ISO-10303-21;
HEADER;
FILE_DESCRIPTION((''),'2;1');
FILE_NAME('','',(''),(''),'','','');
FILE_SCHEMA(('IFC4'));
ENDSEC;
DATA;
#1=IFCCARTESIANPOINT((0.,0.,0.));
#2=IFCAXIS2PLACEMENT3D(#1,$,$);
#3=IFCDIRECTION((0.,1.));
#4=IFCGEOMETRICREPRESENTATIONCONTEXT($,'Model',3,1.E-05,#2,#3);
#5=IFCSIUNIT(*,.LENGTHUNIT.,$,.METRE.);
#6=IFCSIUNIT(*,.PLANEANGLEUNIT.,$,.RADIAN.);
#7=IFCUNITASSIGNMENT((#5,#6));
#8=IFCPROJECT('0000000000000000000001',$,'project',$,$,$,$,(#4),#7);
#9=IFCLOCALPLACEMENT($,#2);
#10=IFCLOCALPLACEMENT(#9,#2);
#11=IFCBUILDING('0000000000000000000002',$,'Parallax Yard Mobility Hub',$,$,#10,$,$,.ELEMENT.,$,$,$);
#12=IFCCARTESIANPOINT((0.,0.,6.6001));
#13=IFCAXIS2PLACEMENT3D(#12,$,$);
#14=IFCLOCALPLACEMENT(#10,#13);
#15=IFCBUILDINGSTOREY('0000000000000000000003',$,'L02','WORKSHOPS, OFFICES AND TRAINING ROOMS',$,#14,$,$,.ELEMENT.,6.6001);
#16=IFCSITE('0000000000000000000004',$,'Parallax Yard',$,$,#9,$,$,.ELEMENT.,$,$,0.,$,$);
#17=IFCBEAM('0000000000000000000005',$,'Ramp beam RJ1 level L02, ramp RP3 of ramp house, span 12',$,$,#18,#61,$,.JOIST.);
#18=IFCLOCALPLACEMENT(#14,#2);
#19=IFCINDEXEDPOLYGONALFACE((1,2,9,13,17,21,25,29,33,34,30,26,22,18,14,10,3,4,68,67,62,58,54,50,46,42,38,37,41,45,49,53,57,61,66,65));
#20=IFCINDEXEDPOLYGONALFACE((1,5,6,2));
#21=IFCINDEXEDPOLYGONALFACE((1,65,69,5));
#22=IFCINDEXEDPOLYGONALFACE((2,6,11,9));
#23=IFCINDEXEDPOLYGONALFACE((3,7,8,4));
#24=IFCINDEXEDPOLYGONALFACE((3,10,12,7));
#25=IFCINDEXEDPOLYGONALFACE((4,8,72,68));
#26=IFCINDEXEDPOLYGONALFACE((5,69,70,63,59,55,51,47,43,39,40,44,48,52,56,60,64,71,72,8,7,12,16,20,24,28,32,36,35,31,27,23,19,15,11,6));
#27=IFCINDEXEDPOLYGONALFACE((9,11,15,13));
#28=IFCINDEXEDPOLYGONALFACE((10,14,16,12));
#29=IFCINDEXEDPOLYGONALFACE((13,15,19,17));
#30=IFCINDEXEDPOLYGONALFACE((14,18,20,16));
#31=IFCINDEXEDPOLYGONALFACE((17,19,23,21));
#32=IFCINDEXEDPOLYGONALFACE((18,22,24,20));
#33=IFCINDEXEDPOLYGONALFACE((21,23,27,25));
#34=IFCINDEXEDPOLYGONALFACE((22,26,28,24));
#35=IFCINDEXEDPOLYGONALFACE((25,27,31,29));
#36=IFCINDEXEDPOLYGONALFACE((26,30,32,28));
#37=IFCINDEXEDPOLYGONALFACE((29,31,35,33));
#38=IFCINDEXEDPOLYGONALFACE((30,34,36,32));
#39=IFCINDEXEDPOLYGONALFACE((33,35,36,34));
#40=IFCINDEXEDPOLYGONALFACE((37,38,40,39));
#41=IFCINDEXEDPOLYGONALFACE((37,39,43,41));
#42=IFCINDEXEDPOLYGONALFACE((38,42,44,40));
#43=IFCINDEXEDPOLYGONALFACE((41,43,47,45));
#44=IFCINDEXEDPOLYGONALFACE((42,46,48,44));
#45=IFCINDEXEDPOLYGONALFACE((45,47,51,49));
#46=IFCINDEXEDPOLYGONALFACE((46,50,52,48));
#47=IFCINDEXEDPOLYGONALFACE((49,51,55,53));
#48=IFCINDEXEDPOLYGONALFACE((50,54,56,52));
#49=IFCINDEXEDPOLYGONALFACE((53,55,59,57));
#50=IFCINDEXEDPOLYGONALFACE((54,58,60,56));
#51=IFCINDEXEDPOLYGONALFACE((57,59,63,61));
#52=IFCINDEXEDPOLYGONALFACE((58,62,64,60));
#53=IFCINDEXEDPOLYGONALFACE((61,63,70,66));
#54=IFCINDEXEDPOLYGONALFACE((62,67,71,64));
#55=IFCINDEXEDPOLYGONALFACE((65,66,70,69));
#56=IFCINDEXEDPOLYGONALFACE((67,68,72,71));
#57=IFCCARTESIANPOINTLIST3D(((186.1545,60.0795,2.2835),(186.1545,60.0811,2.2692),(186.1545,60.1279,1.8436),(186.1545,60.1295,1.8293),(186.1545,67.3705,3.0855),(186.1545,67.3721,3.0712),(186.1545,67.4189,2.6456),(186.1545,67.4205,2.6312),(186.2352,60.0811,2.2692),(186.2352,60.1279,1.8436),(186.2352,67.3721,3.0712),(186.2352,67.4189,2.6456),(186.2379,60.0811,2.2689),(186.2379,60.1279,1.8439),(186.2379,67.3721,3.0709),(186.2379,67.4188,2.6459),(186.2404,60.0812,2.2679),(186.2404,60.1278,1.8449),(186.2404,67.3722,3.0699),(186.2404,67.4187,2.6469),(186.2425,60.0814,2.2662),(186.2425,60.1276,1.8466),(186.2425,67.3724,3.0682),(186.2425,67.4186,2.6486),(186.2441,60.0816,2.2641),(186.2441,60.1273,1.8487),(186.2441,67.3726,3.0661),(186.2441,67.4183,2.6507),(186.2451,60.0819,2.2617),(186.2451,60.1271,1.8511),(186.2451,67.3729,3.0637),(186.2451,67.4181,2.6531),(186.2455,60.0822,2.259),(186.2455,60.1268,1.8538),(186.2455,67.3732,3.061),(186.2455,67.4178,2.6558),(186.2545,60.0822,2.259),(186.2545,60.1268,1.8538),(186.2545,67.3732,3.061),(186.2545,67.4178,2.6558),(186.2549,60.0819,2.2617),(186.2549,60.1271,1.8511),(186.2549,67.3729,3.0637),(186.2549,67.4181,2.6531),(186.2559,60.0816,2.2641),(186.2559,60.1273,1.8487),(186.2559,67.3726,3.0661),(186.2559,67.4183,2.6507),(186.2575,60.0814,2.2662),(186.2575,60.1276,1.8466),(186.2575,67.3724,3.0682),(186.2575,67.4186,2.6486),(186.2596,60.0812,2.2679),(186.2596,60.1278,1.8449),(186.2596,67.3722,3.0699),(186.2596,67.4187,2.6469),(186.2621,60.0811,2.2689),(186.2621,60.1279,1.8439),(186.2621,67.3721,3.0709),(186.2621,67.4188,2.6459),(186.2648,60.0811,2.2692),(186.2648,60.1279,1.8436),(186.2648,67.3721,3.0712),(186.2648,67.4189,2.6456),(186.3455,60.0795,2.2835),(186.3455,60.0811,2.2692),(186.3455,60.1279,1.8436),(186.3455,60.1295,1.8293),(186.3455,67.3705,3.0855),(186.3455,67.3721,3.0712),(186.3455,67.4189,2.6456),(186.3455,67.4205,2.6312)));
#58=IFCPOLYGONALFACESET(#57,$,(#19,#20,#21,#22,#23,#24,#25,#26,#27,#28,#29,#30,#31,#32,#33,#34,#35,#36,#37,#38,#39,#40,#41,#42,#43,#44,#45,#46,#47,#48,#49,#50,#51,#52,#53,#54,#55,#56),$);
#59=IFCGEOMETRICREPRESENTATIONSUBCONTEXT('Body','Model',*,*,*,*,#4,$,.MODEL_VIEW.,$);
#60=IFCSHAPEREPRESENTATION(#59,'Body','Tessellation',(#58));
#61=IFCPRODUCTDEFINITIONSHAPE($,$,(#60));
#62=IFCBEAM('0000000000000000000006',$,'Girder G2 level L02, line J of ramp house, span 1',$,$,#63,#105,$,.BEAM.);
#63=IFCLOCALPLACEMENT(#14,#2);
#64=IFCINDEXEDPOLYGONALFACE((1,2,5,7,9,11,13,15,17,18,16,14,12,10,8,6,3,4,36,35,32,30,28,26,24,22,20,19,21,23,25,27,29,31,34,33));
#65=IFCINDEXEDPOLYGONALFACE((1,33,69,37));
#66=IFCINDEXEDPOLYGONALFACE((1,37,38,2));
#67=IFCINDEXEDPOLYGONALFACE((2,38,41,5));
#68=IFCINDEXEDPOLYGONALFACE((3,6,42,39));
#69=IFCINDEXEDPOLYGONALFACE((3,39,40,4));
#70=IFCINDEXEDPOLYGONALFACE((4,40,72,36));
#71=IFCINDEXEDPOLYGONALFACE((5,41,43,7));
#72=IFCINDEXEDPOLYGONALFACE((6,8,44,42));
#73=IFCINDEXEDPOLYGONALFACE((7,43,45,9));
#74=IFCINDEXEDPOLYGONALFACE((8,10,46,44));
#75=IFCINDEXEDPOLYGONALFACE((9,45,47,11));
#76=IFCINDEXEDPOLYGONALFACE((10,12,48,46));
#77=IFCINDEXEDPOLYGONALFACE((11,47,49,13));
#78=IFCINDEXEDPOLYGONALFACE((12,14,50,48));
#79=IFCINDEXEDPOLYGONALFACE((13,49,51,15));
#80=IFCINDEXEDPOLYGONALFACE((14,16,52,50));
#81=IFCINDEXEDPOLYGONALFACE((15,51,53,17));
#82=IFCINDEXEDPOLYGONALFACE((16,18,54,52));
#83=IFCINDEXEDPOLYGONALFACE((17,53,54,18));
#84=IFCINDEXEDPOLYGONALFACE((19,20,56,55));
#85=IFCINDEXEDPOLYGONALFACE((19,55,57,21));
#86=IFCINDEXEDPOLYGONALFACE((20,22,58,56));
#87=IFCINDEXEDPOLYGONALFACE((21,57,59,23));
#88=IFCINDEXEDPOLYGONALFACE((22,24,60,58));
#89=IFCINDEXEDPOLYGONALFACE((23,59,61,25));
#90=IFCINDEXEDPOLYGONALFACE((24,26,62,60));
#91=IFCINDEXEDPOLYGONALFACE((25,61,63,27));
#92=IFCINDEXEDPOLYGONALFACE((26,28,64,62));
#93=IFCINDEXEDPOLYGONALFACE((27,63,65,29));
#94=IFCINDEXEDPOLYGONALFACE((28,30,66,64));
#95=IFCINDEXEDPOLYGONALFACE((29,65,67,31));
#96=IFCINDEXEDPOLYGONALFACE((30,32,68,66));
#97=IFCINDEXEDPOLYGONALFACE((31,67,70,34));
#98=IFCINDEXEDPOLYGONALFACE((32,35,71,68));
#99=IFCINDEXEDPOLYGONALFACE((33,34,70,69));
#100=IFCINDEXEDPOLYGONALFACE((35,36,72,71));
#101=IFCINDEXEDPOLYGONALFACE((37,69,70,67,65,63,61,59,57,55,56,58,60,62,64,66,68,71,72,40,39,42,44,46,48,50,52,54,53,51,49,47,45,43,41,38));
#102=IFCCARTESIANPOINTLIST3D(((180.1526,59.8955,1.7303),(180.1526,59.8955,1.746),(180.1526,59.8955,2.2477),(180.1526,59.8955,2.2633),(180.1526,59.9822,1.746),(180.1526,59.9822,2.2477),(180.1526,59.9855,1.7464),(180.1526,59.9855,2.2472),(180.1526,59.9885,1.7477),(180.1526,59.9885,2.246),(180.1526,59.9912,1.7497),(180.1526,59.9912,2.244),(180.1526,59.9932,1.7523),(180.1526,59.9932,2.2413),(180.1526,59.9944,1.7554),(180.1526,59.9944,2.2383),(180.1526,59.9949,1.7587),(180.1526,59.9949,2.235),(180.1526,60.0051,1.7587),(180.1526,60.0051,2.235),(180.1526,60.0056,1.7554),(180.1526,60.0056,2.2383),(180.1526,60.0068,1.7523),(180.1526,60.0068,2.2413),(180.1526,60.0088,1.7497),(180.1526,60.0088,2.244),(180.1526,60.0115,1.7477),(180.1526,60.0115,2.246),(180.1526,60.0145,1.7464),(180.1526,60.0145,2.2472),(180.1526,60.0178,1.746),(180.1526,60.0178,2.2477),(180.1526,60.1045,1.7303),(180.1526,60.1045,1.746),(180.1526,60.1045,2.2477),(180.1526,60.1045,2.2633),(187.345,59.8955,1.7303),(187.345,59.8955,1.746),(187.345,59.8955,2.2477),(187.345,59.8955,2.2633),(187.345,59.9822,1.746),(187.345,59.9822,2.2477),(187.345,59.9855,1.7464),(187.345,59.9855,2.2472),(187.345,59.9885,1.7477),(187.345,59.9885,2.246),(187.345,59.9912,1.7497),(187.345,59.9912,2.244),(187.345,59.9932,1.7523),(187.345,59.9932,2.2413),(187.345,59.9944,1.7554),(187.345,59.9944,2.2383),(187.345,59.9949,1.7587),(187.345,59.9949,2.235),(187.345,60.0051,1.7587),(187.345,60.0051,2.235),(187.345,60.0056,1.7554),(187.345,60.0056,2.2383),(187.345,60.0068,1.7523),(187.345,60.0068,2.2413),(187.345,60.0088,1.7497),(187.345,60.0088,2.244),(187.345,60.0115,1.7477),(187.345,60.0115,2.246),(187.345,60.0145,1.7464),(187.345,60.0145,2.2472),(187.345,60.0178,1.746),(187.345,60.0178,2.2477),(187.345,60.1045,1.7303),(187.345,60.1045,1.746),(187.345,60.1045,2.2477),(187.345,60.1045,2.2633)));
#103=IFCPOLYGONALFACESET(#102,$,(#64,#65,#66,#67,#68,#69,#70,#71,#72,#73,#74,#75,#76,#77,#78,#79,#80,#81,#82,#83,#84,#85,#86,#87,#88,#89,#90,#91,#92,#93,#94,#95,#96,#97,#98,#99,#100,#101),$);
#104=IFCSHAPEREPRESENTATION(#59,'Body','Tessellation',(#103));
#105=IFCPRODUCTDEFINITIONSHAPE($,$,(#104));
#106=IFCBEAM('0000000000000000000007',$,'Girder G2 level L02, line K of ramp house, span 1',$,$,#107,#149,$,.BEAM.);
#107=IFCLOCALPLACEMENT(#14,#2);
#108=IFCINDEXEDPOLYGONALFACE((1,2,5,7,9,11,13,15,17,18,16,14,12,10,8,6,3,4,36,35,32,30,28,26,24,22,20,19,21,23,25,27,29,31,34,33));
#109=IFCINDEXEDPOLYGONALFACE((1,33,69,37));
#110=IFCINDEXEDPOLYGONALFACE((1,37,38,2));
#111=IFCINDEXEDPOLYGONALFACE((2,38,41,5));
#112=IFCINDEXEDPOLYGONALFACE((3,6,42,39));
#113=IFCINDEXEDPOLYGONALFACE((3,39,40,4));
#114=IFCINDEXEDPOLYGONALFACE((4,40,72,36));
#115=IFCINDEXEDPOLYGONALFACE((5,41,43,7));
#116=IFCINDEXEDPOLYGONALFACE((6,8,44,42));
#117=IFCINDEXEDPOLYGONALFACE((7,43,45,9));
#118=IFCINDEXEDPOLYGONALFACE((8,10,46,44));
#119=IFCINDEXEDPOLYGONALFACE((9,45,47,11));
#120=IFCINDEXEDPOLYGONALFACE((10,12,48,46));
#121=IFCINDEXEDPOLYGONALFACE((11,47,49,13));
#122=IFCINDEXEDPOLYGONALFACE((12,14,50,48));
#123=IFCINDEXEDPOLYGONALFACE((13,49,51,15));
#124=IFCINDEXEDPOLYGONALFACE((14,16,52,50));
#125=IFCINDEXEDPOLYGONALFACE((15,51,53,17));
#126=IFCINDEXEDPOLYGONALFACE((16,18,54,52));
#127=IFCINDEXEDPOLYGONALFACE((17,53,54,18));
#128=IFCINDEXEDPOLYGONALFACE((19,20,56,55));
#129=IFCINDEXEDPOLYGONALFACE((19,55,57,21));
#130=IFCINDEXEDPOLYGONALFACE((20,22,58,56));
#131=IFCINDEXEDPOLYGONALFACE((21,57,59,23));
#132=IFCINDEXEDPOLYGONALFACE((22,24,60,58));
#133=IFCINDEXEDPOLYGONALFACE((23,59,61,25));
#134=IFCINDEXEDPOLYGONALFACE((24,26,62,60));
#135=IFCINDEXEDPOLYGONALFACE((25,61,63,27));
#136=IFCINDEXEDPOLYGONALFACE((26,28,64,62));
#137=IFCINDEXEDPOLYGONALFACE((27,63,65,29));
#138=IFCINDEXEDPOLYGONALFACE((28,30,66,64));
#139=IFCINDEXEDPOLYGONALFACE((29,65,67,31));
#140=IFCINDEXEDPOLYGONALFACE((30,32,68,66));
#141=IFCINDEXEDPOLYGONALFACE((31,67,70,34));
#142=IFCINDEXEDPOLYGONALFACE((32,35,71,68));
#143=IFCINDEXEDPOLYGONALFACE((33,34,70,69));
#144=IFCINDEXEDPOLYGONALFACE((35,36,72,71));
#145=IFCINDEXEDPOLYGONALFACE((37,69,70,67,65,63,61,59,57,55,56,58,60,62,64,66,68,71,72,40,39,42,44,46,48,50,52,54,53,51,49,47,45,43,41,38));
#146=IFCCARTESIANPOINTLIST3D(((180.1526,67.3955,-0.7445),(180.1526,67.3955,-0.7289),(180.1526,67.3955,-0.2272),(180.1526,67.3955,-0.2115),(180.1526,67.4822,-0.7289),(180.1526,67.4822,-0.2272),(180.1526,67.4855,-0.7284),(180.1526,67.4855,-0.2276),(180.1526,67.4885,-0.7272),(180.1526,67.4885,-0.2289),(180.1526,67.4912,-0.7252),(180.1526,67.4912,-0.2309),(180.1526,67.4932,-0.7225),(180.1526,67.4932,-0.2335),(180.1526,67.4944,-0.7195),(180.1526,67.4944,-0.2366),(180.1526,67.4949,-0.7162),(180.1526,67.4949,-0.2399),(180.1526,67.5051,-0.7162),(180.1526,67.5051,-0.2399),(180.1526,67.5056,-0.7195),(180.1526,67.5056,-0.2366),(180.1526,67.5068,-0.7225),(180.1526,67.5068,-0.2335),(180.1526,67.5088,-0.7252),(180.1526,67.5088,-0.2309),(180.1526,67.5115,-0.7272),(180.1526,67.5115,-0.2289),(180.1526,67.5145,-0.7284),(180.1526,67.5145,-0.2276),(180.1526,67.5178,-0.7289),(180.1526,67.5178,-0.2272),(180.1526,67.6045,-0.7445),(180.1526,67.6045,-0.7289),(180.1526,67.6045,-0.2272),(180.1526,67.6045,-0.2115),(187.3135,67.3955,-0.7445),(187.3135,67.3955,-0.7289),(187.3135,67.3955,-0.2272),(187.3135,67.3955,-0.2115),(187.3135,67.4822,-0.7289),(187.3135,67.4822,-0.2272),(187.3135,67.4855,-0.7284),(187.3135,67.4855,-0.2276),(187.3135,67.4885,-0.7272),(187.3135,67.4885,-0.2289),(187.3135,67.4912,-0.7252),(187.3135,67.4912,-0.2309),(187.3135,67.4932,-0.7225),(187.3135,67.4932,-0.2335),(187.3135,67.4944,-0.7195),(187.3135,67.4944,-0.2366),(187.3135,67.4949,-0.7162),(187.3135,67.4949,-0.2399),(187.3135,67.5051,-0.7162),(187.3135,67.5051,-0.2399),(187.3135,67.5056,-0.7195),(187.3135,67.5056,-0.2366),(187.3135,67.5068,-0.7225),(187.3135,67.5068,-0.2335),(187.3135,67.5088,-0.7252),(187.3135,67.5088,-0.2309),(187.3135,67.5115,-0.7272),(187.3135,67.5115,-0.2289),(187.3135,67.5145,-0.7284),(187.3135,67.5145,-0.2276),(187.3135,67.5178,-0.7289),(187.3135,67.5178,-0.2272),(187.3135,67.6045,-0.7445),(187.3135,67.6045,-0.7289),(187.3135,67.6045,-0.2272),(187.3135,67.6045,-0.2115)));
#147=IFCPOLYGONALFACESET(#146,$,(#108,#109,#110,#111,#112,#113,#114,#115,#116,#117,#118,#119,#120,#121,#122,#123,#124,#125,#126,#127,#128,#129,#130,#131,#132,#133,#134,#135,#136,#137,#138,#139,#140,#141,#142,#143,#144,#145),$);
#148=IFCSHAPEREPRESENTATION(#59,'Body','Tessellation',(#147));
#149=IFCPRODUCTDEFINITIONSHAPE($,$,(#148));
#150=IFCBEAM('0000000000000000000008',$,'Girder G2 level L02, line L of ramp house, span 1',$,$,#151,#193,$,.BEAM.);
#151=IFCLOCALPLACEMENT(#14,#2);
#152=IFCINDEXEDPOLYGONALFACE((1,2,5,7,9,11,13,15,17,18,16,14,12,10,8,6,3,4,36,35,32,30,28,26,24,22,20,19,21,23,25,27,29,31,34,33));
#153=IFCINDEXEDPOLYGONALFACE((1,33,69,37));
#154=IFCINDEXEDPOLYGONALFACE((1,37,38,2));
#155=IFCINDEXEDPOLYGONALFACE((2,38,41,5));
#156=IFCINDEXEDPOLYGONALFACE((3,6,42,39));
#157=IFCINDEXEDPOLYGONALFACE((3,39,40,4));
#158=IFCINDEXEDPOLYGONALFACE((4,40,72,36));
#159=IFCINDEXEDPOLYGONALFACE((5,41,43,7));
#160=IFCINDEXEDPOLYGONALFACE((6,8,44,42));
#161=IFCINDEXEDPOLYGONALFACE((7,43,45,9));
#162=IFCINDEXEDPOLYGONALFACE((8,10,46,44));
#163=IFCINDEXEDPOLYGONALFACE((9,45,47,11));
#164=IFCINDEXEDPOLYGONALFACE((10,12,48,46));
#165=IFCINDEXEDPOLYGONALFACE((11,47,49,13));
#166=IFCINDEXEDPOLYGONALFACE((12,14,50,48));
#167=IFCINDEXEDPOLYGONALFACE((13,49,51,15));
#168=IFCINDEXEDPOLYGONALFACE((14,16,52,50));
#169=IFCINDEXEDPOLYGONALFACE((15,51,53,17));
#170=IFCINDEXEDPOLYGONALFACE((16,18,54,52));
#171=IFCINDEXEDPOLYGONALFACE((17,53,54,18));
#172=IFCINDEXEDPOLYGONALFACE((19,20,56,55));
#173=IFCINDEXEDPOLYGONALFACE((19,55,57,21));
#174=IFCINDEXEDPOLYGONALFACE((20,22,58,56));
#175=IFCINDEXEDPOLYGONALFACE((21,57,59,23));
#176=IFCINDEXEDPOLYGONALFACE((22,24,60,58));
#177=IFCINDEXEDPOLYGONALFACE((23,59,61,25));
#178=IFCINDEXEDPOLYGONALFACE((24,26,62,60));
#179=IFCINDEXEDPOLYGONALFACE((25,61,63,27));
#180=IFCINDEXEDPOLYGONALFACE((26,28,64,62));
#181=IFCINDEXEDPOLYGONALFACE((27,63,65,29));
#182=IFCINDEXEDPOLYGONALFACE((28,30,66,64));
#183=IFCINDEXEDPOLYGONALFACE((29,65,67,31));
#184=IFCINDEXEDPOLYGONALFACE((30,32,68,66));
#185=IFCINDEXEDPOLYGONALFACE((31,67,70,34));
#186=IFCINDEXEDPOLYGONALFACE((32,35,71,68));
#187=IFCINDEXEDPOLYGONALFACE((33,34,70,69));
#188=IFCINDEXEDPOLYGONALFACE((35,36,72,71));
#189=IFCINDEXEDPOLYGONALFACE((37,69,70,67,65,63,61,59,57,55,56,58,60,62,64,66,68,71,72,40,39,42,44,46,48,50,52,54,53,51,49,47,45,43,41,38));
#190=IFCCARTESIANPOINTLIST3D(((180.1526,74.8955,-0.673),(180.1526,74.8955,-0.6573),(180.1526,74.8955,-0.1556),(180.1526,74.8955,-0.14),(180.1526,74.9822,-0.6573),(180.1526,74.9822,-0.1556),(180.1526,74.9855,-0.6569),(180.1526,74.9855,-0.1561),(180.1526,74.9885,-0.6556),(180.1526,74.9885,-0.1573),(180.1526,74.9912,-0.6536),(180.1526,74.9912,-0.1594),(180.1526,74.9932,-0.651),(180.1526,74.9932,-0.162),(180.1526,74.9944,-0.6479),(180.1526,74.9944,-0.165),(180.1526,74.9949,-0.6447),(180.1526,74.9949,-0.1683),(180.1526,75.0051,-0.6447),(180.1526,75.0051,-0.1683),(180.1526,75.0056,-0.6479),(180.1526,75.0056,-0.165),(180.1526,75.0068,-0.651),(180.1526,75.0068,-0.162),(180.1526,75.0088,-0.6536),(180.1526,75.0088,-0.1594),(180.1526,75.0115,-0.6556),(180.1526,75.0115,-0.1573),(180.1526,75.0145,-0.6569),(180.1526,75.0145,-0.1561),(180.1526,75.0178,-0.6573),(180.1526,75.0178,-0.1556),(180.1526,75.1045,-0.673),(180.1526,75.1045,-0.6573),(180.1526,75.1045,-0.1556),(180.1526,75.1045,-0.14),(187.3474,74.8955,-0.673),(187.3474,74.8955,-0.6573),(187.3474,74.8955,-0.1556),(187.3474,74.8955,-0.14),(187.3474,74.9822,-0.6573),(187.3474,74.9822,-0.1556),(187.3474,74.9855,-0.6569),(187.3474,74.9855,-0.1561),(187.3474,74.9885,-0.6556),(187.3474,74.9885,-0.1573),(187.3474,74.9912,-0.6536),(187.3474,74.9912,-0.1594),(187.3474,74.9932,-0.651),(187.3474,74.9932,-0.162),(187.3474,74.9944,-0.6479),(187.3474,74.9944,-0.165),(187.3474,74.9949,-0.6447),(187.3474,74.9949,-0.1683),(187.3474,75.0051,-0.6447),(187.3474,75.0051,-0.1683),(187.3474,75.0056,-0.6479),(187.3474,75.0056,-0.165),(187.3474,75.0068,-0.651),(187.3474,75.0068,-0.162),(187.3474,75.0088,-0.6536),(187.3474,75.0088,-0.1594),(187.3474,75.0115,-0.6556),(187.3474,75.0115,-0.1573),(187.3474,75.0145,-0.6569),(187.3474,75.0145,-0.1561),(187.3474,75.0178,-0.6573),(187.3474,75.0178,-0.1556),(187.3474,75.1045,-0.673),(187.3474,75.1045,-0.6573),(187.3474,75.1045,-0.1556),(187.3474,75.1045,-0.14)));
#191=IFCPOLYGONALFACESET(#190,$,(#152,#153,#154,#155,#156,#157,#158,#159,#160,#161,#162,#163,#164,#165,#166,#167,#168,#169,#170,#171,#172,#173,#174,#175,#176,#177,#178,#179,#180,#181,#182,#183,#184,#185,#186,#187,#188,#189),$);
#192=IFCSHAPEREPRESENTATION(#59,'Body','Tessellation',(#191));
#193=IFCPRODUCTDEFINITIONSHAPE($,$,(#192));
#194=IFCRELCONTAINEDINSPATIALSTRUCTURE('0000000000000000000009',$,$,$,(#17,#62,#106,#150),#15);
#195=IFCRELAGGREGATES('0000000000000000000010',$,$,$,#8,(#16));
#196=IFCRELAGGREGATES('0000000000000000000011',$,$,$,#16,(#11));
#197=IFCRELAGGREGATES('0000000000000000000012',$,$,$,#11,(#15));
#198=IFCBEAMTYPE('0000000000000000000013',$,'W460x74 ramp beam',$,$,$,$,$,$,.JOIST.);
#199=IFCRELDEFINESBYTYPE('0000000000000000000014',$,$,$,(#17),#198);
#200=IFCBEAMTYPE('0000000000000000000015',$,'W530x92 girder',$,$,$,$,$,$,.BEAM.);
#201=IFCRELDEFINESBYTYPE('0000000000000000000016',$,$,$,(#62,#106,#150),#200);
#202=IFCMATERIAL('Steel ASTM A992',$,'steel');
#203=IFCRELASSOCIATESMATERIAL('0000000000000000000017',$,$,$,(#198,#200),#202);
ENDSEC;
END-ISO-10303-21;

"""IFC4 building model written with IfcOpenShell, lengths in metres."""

from ifc_helpers import new_model, si_unit, direction, frame, origin, origin_2d, place, context, subcontext, project, spatial, i_section, extrude, material, material_profile, profile_set, type_object, element, save


model = new_model("IFC4")

# Units and contexts
model_context = context("Model", 3, precision=1e-05, world=origin(), true_north=direction((0.0, 1.0)))
body_context = subcontext(model_context, "Body", "Model", "MODEL_VIEW")
ifc_project = project(units=[si_unit("LENGTHUNIT", "METRE"), si_unit("PLANEANGLEUNIT", "RADIAN")], contexts=[model_context])

# Site, building, storey
site_placement = place(None, origin())
site = spatial("IfcSite", under=ifc_project, at=site_placement, Name="Parallax Yard", CompositionType="ELEMENT", RefElevation=0.0)
building_placement = place(site_placement, origin())
building = spatial("IfcBuilding", under=site, at=building_placement, Name="Parallax Yard Mobility Hub", CompositionType="ELEMENT")
storey_placement = place(building_placement, frame((0.0, 0.0, 6.6001)))
storey = spatial("IfcBuildingStorey", under=building, at=storey_placement, Name="L02", Description="WORKSHOPS, OFFICES AND TRAINING ROOMS", CompositionType="ELEMENT", Elevation=6.6001)

# Shared definitions
ifc_material_1 = material(Name="Steel ASTM A992", Category="steel")

# Beams
ifc_material_profile_1 = material_profile(ifc_material_1, i_section(OverallWidth=0.1909, OverallDepth=0.457, WebThickness=0.009, FlangeThickness=0.0144, FilletRadius=0.0103, at=origin_2d()), Name="W460x74")
ifc_profile_set_1 = profile_set([ifc_material_profile_1], Name="Steel ASTM A992")
beam_type_1 = type_object("IfcBeamType", Name="W460x74 ramp beam", PredefinedType="JOIST", material=ifc_profile_set_1)
for number, where, z_axis, x_axis, name in (
    (1, (186.25, 60.1045, 2.0564), (0.0, 0.994005, 0.109339), (-1.0, 0.0, 0.0), "Ramp beam RJ1 level L02, ramp RP3 of ramp house, span 12"),
):
    element("IfcBeam", number, at=place(storey_placement, frame(where, z_axis=z_axis, x_axis=x_axis)), inside=storey, type_object=beam_type_1, Name=name, PredefinedType="JOIST", context=body_context, shape_type="SweptSolid", body=[
        extrude(i_section(OverallWidth=0.1909, OverallDepth=0.457, WebThickness=0.009, FlangeThickness=0.0144, FilletRadius=0.0103, at=origin_2d()), origin(), (0.0, 0.0, 1.0), 7.335),
    ])
ifc_material_profile_2 = material_profile(ifc_material_1, i_section(OverallWidth=0.209, OverallDepth=0.533, WebThickness=0.0103, FlangeThickness=0.0156, FilletRadius=0.0127, at=origin_2d()), Name="W530x92")
ifc_profile_set_2 = profile_set([ifc_material_profile_2], Name="Steel ASTM A992")
beam_type_2 = type_object("IfcBeamType", Name="W530x92 girder", PredefinedType="BEAM", material=ifc_profile_set_2)
beam_1_placement = place(storey_placement, frame((180.1526, 60.0, 1.9968), z_axis=(1.0, 0.0, 0.0), x_axis=(0.0, 1.0, 0.0)))
element("IfcBeam", 2, at=beam_1_placement, inside=storey, type_object=beam_type_2, Name="Girder G2 level L02, line J of ramp house, span 1", PredefinedType="BEAM", context=body_context, shape_type="SweptSolid", body=[
    extrude(i_section(OverallWidth=0.209, OverallDepth=0.533, WebThickness=0.0103, FlangeThickness=0.0156, FilletRadius=0.0127, at=origin_2d()), origin(), (0.0, 0.0, 1.0), 7.1924),
])
beam_2_placement = place(storey_placement, frame((180.1526, 67.5, -0.478), z_axis=(1.0, 0.0, 0.0), x_axis=(0.0, 1.0, 0.0)))
element("IfcBeam", 3, at=beam_2_placement, inside=storey, type_object=beam_type_2, Name="Girder G2 level L02, line K of ramp house, span 1", PredefinedType="BEAM", context=body_context, shape_type="SweptSolid", body=[
    extrude(i_section(OverallWidth=0.209, OverallDepth=0.533, WebThickness=0.0103, FlangeThickness=0.0156, FilletRadius=0.0127, at=origin_2d()), origin(), (0.0, 0.0, 1.0), 7.1609),
])
beam_3_placement = place(storey_placement, frame((180.1526, 75.0, -0.4065), z_axis=(1.0, 0.0, 0.0), x_axis=(0.0, 1.0, 0.0)))
element("IfcBeam", 4, at=beam_3_placement, inside=storey, type_object=beam_type_2, Name="Girder G2 level L02, line L of ramp house, span 1", PredefinedType="BEAM", context=body_context, shape_type="SweptSolid", body=[
    extrude(i_section(OverallWidth=0.209, OverallDepth=0.533, WebThickness=0.0103, FlangeThickness=0.0156, FilletRadius=0.0127, at=origin_2d()), origin(), (0.0, 0.0, 1.0), 7.1948),
])

save(model, "model.ifc")
